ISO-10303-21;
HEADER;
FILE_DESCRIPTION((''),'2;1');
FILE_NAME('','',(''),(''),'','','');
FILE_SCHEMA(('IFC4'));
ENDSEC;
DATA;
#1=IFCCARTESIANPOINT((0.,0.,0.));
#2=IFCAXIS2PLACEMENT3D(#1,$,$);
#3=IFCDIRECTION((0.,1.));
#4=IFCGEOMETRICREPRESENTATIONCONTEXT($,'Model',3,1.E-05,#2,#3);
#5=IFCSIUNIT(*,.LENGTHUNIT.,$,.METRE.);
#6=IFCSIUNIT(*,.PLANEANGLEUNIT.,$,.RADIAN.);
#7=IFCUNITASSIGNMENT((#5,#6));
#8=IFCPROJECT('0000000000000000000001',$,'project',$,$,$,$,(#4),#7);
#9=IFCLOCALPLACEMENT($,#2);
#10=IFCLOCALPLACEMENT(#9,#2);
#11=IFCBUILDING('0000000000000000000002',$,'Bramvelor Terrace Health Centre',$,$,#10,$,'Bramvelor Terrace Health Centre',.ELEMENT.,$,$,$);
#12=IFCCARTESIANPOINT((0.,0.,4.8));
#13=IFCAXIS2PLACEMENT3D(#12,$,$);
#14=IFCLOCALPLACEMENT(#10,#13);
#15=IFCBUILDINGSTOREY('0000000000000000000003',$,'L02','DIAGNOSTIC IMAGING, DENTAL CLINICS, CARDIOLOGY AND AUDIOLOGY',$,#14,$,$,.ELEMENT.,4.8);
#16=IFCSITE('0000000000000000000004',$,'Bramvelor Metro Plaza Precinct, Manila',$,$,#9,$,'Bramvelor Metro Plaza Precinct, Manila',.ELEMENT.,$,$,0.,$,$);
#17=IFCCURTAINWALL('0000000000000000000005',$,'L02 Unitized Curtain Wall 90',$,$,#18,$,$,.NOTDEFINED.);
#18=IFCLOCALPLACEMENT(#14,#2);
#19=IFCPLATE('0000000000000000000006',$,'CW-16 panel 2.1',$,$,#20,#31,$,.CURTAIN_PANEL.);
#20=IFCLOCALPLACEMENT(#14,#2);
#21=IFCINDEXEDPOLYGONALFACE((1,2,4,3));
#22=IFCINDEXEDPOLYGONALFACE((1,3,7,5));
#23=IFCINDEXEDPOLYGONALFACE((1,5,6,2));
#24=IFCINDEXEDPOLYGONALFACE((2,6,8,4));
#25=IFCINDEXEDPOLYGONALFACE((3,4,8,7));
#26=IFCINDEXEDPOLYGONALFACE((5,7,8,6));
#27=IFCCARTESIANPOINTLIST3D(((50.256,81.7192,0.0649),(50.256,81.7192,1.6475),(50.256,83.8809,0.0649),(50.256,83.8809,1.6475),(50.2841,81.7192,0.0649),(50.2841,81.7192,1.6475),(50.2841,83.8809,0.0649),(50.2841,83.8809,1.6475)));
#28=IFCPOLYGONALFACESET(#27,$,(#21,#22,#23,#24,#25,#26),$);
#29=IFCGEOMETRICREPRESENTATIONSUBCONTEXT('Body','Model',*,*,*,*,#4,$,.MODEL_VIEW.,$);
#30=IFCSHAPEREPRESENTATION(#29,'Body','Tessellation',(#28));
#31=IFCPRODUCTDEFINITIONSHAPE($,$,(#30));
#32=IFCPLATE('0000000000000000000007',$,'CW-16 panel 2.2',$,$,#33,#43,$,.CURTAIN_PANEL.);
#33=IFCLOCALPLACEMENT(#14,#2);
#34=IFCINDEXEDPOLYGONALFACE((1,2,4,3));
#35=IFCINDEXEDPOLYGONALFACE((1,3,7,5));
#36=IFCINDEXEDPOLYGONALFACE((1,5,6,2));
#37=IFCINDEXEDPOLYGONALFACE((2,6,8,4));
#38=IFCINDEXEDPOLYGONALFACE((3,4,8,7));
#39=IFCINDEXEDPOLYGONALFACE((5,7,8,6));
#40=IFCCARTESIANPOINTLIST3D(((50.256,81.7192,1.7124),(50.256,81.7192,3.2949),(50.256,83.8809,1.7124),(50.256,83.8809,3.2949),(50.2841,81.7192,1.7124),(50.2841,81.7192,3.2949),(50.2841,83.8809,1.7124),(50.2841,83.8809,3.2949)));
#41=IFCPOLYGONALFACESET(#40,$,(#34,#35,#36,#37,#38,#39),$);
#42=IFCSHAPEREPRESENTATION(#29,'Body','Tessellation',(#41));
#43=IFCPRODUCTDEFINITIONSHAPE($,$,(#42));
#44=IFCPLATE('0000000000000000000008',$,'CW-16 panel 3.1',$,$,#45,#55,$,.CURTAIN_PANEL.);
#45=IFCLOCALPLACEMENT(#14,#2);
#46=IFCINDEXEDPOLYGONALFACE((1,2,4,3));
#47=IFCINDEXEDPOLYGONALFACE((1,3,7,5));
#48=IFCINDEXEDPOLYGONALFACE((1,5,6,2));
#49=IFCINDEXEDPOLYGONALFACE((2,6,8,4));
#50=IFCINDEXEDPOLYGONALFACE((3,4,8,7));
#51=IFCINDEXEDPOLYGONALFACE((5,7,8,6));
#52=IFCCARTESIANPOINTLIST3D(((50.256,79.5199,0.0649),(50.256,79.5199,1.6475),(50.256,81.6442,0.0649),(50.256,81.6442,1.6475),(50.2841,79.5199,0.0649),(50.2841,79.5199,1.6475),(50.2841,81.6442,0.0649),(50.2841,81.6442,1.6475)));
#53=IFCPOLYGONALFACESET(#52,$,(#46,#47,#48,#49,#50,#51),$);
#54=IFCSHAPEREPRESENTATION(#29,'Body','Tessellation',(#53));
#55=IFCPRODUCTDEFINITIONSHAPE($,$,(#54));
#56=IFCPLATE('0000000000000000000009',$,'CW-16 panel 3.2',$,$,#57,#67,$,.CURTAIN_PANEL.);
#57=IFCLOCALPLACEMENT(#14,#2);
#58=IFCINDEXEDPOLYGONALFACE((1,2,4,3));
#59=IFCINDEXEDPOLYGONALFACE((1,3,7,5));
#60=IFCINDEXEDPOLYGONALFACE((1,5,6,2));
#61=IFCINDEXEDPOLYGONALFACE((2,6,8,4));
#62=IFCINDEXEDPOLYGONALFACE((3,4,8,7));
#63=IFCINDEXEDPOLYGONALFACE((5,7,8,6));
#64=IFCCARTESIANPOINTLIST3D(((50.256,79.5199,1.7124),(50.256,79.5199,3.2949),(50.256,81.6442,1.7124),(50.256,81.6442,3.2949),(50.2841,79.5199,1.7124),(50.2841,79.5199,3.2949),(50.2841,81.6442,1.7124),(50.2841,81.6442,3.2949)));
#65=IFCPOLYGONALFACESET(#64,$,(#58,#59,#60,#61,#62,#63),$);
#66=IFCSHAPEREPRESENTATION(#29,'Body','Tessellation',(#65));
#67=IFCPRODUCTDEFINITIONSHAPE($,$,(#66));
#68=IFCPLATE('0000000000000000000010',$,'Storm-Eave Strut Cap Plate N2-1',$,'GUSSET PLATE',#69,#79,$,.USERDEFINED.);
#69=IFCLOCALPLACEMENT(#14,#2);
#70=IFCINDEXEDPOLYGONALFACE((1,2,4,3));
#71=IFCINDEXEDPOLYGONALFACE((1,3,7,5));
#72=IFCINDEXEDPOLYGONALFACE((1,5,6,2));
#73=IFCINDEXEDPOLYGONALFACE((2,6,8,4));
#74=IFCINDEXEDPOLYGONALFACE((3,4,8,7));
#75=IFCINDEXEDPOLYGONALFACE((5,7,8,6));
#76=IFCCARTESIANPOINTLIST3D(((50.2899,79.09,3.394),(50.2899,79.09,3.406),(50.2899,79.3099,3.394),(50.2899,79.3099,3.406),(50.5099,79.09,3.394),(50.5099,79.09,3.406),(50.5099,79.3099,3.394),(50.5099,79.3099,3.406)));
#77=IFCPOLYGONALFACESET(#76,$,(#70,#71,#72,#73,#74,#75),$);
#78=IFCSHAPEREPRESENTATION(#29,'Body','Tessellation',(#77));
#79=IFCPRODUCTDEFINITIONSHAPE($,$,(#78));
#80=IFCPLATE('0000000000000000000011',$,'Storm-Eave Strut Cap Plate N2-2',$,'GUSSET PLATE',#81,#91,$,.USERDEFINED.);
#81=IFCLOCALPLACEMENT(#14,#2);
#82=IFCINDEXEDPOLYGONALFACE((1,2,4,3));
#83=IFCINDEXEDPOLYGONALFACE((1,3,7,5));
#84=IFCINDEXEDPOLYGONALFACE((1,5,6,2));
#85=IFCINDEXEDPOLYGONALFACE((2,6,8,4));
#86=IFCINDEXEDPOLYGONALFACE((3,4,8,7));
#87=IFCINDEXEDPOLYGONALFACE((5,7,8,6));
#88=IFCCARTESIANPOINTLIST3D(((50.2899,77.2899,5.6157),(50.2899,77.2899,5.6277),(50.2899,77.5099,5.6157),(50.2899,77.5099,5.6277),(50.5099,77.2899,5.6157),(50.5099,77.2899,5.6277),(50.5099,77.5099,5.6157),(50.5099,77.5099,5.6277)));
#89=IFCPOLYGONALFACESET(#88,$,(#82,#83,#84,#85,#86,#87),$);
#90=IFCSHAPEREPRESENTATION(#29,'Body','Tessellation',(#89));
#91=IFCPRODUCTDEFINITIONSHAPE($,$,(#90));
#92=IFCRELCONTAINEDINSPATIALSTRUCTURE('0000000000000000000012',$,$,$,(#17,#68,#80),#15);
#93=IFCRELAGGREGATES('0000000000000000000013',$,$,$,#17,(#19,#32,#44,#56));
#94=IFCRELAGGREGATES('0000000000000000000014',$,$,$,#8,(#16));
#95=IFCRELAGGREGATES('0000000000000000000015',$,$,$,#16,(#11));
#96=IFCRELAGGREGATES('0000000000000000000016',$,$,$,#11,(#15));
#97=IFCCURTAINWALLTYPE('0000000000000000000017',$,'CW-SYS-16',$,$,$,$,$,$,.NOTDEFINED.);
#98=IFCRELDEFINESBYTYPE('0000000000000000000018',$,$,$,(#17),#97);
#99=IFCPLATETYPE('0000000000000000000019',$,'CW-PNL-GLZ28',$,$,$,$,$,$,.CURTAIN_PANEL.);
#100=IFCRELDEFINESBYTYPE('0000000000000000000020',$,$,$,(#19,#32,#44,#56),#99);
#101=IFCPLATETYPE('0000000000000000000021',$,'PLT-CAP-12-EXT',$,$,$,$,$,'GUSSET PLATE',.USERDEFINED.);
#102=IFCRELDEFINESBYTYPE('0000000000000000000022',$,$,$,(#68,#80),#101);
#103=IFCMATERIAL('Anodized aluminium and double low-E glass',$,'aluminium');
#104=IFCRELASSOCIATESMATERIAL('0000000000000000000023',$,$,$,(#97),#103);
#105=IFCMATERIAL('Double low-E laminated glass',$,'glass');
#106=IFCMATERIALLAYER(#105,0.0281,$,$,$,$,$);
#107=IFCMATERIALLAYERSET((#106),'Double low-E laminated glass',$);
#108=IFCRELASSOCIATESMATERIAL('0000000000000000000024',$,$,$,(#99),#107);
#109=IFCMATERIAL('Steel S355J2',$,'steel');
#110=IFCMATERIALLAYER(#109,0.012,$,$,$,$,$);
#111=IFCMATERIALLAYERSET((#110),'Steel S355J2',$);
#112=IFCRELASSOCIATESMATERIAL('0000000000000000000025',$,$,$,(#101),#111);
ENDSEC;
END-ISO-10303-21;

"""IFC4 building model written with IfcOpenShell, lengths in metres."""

from ifc_helpers import new_model, si_unit, direction, frame, origin, origin_2d, place, context, subcontext, project, spatial, rectangle, extrude, material, layer, layer_set, type_object, element, aggregate, save


model = new_model("IFC4")

# Units and contexts
model_context = context("Model", 3, precision=1e-05, world=origin(), true_north=direction((0.0, 1.0)))
body_context = subcontext(model_context, "Body", "Model", "MODEL_VIEW")
ifc_project = project(units=[si_unit("LENGTHUNIT", "METRE"), si_unit("PLANEANGLEUNIT", "RADIAN")], contexts=[model_context])

# Site, building, storey
site_placement = place(None, origin())
site = spatial("IfcSite", under=ifc_project, at=site_placement, Name="Bramvelor Metro Plaza Precinct, Manila", LongName="Bramvelor Metro Plaza Precinct, Manila", CompositionType="ELEMENT", RefElevation=0.0)
building_placement = place(site_placement, origin())
building = spatial("IfcBuilding", under=site, at=building_placement, Name="Bramvelor Terrace Health Centre", LongName="Bramvelor Terrace Health Centre", CompositionType="ELEMENT")
storey_placement = place(building_placement, frame((0.0, 0.0, 4.8)))
storey = spatial("IfcBuildingStorey", under=building, at=storey_placement, Name="L02", Description="DIAGNOSTIC IMAGING, DENTAL CLINICS, CARDIOLOGY AND AUDIOLOGY", CompositionType="ELEMENT", Elevation=4.8)

# Curtain wall
ifc_material_1 = material(Name="Anodized aluminium and double low-E glass", Category="aluminium")
curtain_wall_type_1 = type_object("IfcCurtainWallType", Name="CW-SYS-16", PredefinedType="NOTDEFINED", material=ifc_material_1)
curtain_wall_1_placement = place(storey_placement, origin())
curtain_wall_1 = element("IfcCurtainWall", 1, at=curtain_wall_1_placement, inside=storey, type_object=curtain_wall_type_1, Name="L02 Unitized Curtain Wall 90", PredefinedType="NOTDEFINED")

# Plates
ifc_material_2 = material(Name="Double low-E laminated glass", Category="glass")
ifc_layer_1 = layer(ifc_material_2, 0.0281)
ifc_layer_set_1 = layer_set([ifc_layer_1], Name="Double low-E laminated glass")
plate_type_1 = type_object("IfcPlateType", Name="CW-PNL-GLZ28", PredefinedType="CURTAIN_PANEL", material=ifc_layer_set_1)
plate_1_placement = place(storey_placement, frame((50.27, 82.8, 0.0649), z_axis=(0.0, 0.0, 1.0), x_axis=(0.0, -1.0, 0.0)))
plate_1 = element("IfcPlate", 2, at=plate_1_placement, type_object=plate_type_1, Name="CW-16 panel 2.1", PredefinedType="CURTAIN_PANEL", context=body_context, shape_type="SweptSolid", body=[
    extrude(rectangle(XDim=2.1616, YDim=0.0281, at=origin_2d()), origin(), (0.0, 0.0, 1.0), 1.5825),
])
plate_2_placement = place(storey_placement, frame((50.27, 82.8, 1.7124), z_axis=(0.0, 0.0, 1.0), x_axis=(0.0, -1.0, 0.0)))
plate_2 = element("IfcPlate", 3, at=plate_2_placement, type_object=plate_type_1, Name="CW-16 panel 2.2", PredefinedType="CURTAIN_PANEL", context=body_context, shape_type="SweptSolid", body=[
    extrude(rectangle(XDim=2.1616, YDim=0.0281, at=origin_2d()), origin(), (0.0, 0.0, 1.0), 1.5825),
])
plate_3_placement = place(storey_placement, frame((50.27, 80.582, 0.0649), z_axis=(0.0, 0.0, 1.0), x_axis=(0.0, -1.0, 0.0)))
plate_3 = element("IfcPlate", 4, at=plate_3_placement, type_object=plate_type_1, Name="CW-16 panel 3.1", PredefinedType="CURTAIN_PANEL", context=body_context, shape_type="SweptSolid", body=[
    extrude(rectangle(XDim=2.1243, YDim=0.0281, at=origin_2d()), origin(), (0.0, 0.0, 1.0), 1.5825),
])
plate_4_placement = place(storey_placement, frame((50.27, 80.582, 1.7124), z_axis=(0.0, 0.0, 1.0), x_axis=(0.0, -1.0, 0.0)))
plate_4 = element("IfcPlate", 5, at=plate_4_placement, type_object=plate_type_1, Name="CW-16 panel 3.2", PredefinedType="CURTAIN_PANEL", context=body_context, shape_type="SweptSolid", body=[
    extrude(rectangle(XDim=2.1243, YDim=0.0281, at=origin_2d()), origin(), (0.0, 0.0, 1.0), 1.5825),
])
aggregate(curtain_wall_1, [plate_1, plate_2, plate_3, plate_4])

# Plates
ifc_material_3 = material(Name="Steel S355J2", Category="steel")
ifc_layer_2 = layer(ifc_material_3, 0.012)
ifc_layer_set_2 = layer_set([ifc_layer_2], Name="Steel S355J2")
plate_type_2 = type_object("IfcPlateType", Name="PLT-CAP-12-EXT", ElementType="GUSSET PLATE", PredefinedType="USERDEFINED", material=ifc_layer_set_2)
for number, where, z_axis, x_axis, name in (
    (6, (50.3999, 79.2, 3.394), (0.0, 0.0, 1.0), (1.0, 0.0, 0.0), "Storm-Eave Strut Cap Plate N2-1"),
    (7, (50.3999, 77.3999, 5.6157), (0.0, 0.0, 1.0), (1.0, 0.0, 0.0), "Storm-Eave Strut Cap Plate N2-2"),
):
    element("IfcPlate", number, at=place(storey_placement, frame(where, z_axis=z_axis, x_axis=x_axis)), inside=storey, type_object=plate_type_2, Name=name, ObjectType="GUSSET PLATE", PredefinedType="USERDEFINED", context=body_context, shape_type="SweptSolid", body=[
        extrude(rectangle(XDim=0.22, YDim=0.22, at=origin_2d()), origin(), (0.0, 0.0, 1.0), 0.012),
    ])

save(model, "model.ifc")
